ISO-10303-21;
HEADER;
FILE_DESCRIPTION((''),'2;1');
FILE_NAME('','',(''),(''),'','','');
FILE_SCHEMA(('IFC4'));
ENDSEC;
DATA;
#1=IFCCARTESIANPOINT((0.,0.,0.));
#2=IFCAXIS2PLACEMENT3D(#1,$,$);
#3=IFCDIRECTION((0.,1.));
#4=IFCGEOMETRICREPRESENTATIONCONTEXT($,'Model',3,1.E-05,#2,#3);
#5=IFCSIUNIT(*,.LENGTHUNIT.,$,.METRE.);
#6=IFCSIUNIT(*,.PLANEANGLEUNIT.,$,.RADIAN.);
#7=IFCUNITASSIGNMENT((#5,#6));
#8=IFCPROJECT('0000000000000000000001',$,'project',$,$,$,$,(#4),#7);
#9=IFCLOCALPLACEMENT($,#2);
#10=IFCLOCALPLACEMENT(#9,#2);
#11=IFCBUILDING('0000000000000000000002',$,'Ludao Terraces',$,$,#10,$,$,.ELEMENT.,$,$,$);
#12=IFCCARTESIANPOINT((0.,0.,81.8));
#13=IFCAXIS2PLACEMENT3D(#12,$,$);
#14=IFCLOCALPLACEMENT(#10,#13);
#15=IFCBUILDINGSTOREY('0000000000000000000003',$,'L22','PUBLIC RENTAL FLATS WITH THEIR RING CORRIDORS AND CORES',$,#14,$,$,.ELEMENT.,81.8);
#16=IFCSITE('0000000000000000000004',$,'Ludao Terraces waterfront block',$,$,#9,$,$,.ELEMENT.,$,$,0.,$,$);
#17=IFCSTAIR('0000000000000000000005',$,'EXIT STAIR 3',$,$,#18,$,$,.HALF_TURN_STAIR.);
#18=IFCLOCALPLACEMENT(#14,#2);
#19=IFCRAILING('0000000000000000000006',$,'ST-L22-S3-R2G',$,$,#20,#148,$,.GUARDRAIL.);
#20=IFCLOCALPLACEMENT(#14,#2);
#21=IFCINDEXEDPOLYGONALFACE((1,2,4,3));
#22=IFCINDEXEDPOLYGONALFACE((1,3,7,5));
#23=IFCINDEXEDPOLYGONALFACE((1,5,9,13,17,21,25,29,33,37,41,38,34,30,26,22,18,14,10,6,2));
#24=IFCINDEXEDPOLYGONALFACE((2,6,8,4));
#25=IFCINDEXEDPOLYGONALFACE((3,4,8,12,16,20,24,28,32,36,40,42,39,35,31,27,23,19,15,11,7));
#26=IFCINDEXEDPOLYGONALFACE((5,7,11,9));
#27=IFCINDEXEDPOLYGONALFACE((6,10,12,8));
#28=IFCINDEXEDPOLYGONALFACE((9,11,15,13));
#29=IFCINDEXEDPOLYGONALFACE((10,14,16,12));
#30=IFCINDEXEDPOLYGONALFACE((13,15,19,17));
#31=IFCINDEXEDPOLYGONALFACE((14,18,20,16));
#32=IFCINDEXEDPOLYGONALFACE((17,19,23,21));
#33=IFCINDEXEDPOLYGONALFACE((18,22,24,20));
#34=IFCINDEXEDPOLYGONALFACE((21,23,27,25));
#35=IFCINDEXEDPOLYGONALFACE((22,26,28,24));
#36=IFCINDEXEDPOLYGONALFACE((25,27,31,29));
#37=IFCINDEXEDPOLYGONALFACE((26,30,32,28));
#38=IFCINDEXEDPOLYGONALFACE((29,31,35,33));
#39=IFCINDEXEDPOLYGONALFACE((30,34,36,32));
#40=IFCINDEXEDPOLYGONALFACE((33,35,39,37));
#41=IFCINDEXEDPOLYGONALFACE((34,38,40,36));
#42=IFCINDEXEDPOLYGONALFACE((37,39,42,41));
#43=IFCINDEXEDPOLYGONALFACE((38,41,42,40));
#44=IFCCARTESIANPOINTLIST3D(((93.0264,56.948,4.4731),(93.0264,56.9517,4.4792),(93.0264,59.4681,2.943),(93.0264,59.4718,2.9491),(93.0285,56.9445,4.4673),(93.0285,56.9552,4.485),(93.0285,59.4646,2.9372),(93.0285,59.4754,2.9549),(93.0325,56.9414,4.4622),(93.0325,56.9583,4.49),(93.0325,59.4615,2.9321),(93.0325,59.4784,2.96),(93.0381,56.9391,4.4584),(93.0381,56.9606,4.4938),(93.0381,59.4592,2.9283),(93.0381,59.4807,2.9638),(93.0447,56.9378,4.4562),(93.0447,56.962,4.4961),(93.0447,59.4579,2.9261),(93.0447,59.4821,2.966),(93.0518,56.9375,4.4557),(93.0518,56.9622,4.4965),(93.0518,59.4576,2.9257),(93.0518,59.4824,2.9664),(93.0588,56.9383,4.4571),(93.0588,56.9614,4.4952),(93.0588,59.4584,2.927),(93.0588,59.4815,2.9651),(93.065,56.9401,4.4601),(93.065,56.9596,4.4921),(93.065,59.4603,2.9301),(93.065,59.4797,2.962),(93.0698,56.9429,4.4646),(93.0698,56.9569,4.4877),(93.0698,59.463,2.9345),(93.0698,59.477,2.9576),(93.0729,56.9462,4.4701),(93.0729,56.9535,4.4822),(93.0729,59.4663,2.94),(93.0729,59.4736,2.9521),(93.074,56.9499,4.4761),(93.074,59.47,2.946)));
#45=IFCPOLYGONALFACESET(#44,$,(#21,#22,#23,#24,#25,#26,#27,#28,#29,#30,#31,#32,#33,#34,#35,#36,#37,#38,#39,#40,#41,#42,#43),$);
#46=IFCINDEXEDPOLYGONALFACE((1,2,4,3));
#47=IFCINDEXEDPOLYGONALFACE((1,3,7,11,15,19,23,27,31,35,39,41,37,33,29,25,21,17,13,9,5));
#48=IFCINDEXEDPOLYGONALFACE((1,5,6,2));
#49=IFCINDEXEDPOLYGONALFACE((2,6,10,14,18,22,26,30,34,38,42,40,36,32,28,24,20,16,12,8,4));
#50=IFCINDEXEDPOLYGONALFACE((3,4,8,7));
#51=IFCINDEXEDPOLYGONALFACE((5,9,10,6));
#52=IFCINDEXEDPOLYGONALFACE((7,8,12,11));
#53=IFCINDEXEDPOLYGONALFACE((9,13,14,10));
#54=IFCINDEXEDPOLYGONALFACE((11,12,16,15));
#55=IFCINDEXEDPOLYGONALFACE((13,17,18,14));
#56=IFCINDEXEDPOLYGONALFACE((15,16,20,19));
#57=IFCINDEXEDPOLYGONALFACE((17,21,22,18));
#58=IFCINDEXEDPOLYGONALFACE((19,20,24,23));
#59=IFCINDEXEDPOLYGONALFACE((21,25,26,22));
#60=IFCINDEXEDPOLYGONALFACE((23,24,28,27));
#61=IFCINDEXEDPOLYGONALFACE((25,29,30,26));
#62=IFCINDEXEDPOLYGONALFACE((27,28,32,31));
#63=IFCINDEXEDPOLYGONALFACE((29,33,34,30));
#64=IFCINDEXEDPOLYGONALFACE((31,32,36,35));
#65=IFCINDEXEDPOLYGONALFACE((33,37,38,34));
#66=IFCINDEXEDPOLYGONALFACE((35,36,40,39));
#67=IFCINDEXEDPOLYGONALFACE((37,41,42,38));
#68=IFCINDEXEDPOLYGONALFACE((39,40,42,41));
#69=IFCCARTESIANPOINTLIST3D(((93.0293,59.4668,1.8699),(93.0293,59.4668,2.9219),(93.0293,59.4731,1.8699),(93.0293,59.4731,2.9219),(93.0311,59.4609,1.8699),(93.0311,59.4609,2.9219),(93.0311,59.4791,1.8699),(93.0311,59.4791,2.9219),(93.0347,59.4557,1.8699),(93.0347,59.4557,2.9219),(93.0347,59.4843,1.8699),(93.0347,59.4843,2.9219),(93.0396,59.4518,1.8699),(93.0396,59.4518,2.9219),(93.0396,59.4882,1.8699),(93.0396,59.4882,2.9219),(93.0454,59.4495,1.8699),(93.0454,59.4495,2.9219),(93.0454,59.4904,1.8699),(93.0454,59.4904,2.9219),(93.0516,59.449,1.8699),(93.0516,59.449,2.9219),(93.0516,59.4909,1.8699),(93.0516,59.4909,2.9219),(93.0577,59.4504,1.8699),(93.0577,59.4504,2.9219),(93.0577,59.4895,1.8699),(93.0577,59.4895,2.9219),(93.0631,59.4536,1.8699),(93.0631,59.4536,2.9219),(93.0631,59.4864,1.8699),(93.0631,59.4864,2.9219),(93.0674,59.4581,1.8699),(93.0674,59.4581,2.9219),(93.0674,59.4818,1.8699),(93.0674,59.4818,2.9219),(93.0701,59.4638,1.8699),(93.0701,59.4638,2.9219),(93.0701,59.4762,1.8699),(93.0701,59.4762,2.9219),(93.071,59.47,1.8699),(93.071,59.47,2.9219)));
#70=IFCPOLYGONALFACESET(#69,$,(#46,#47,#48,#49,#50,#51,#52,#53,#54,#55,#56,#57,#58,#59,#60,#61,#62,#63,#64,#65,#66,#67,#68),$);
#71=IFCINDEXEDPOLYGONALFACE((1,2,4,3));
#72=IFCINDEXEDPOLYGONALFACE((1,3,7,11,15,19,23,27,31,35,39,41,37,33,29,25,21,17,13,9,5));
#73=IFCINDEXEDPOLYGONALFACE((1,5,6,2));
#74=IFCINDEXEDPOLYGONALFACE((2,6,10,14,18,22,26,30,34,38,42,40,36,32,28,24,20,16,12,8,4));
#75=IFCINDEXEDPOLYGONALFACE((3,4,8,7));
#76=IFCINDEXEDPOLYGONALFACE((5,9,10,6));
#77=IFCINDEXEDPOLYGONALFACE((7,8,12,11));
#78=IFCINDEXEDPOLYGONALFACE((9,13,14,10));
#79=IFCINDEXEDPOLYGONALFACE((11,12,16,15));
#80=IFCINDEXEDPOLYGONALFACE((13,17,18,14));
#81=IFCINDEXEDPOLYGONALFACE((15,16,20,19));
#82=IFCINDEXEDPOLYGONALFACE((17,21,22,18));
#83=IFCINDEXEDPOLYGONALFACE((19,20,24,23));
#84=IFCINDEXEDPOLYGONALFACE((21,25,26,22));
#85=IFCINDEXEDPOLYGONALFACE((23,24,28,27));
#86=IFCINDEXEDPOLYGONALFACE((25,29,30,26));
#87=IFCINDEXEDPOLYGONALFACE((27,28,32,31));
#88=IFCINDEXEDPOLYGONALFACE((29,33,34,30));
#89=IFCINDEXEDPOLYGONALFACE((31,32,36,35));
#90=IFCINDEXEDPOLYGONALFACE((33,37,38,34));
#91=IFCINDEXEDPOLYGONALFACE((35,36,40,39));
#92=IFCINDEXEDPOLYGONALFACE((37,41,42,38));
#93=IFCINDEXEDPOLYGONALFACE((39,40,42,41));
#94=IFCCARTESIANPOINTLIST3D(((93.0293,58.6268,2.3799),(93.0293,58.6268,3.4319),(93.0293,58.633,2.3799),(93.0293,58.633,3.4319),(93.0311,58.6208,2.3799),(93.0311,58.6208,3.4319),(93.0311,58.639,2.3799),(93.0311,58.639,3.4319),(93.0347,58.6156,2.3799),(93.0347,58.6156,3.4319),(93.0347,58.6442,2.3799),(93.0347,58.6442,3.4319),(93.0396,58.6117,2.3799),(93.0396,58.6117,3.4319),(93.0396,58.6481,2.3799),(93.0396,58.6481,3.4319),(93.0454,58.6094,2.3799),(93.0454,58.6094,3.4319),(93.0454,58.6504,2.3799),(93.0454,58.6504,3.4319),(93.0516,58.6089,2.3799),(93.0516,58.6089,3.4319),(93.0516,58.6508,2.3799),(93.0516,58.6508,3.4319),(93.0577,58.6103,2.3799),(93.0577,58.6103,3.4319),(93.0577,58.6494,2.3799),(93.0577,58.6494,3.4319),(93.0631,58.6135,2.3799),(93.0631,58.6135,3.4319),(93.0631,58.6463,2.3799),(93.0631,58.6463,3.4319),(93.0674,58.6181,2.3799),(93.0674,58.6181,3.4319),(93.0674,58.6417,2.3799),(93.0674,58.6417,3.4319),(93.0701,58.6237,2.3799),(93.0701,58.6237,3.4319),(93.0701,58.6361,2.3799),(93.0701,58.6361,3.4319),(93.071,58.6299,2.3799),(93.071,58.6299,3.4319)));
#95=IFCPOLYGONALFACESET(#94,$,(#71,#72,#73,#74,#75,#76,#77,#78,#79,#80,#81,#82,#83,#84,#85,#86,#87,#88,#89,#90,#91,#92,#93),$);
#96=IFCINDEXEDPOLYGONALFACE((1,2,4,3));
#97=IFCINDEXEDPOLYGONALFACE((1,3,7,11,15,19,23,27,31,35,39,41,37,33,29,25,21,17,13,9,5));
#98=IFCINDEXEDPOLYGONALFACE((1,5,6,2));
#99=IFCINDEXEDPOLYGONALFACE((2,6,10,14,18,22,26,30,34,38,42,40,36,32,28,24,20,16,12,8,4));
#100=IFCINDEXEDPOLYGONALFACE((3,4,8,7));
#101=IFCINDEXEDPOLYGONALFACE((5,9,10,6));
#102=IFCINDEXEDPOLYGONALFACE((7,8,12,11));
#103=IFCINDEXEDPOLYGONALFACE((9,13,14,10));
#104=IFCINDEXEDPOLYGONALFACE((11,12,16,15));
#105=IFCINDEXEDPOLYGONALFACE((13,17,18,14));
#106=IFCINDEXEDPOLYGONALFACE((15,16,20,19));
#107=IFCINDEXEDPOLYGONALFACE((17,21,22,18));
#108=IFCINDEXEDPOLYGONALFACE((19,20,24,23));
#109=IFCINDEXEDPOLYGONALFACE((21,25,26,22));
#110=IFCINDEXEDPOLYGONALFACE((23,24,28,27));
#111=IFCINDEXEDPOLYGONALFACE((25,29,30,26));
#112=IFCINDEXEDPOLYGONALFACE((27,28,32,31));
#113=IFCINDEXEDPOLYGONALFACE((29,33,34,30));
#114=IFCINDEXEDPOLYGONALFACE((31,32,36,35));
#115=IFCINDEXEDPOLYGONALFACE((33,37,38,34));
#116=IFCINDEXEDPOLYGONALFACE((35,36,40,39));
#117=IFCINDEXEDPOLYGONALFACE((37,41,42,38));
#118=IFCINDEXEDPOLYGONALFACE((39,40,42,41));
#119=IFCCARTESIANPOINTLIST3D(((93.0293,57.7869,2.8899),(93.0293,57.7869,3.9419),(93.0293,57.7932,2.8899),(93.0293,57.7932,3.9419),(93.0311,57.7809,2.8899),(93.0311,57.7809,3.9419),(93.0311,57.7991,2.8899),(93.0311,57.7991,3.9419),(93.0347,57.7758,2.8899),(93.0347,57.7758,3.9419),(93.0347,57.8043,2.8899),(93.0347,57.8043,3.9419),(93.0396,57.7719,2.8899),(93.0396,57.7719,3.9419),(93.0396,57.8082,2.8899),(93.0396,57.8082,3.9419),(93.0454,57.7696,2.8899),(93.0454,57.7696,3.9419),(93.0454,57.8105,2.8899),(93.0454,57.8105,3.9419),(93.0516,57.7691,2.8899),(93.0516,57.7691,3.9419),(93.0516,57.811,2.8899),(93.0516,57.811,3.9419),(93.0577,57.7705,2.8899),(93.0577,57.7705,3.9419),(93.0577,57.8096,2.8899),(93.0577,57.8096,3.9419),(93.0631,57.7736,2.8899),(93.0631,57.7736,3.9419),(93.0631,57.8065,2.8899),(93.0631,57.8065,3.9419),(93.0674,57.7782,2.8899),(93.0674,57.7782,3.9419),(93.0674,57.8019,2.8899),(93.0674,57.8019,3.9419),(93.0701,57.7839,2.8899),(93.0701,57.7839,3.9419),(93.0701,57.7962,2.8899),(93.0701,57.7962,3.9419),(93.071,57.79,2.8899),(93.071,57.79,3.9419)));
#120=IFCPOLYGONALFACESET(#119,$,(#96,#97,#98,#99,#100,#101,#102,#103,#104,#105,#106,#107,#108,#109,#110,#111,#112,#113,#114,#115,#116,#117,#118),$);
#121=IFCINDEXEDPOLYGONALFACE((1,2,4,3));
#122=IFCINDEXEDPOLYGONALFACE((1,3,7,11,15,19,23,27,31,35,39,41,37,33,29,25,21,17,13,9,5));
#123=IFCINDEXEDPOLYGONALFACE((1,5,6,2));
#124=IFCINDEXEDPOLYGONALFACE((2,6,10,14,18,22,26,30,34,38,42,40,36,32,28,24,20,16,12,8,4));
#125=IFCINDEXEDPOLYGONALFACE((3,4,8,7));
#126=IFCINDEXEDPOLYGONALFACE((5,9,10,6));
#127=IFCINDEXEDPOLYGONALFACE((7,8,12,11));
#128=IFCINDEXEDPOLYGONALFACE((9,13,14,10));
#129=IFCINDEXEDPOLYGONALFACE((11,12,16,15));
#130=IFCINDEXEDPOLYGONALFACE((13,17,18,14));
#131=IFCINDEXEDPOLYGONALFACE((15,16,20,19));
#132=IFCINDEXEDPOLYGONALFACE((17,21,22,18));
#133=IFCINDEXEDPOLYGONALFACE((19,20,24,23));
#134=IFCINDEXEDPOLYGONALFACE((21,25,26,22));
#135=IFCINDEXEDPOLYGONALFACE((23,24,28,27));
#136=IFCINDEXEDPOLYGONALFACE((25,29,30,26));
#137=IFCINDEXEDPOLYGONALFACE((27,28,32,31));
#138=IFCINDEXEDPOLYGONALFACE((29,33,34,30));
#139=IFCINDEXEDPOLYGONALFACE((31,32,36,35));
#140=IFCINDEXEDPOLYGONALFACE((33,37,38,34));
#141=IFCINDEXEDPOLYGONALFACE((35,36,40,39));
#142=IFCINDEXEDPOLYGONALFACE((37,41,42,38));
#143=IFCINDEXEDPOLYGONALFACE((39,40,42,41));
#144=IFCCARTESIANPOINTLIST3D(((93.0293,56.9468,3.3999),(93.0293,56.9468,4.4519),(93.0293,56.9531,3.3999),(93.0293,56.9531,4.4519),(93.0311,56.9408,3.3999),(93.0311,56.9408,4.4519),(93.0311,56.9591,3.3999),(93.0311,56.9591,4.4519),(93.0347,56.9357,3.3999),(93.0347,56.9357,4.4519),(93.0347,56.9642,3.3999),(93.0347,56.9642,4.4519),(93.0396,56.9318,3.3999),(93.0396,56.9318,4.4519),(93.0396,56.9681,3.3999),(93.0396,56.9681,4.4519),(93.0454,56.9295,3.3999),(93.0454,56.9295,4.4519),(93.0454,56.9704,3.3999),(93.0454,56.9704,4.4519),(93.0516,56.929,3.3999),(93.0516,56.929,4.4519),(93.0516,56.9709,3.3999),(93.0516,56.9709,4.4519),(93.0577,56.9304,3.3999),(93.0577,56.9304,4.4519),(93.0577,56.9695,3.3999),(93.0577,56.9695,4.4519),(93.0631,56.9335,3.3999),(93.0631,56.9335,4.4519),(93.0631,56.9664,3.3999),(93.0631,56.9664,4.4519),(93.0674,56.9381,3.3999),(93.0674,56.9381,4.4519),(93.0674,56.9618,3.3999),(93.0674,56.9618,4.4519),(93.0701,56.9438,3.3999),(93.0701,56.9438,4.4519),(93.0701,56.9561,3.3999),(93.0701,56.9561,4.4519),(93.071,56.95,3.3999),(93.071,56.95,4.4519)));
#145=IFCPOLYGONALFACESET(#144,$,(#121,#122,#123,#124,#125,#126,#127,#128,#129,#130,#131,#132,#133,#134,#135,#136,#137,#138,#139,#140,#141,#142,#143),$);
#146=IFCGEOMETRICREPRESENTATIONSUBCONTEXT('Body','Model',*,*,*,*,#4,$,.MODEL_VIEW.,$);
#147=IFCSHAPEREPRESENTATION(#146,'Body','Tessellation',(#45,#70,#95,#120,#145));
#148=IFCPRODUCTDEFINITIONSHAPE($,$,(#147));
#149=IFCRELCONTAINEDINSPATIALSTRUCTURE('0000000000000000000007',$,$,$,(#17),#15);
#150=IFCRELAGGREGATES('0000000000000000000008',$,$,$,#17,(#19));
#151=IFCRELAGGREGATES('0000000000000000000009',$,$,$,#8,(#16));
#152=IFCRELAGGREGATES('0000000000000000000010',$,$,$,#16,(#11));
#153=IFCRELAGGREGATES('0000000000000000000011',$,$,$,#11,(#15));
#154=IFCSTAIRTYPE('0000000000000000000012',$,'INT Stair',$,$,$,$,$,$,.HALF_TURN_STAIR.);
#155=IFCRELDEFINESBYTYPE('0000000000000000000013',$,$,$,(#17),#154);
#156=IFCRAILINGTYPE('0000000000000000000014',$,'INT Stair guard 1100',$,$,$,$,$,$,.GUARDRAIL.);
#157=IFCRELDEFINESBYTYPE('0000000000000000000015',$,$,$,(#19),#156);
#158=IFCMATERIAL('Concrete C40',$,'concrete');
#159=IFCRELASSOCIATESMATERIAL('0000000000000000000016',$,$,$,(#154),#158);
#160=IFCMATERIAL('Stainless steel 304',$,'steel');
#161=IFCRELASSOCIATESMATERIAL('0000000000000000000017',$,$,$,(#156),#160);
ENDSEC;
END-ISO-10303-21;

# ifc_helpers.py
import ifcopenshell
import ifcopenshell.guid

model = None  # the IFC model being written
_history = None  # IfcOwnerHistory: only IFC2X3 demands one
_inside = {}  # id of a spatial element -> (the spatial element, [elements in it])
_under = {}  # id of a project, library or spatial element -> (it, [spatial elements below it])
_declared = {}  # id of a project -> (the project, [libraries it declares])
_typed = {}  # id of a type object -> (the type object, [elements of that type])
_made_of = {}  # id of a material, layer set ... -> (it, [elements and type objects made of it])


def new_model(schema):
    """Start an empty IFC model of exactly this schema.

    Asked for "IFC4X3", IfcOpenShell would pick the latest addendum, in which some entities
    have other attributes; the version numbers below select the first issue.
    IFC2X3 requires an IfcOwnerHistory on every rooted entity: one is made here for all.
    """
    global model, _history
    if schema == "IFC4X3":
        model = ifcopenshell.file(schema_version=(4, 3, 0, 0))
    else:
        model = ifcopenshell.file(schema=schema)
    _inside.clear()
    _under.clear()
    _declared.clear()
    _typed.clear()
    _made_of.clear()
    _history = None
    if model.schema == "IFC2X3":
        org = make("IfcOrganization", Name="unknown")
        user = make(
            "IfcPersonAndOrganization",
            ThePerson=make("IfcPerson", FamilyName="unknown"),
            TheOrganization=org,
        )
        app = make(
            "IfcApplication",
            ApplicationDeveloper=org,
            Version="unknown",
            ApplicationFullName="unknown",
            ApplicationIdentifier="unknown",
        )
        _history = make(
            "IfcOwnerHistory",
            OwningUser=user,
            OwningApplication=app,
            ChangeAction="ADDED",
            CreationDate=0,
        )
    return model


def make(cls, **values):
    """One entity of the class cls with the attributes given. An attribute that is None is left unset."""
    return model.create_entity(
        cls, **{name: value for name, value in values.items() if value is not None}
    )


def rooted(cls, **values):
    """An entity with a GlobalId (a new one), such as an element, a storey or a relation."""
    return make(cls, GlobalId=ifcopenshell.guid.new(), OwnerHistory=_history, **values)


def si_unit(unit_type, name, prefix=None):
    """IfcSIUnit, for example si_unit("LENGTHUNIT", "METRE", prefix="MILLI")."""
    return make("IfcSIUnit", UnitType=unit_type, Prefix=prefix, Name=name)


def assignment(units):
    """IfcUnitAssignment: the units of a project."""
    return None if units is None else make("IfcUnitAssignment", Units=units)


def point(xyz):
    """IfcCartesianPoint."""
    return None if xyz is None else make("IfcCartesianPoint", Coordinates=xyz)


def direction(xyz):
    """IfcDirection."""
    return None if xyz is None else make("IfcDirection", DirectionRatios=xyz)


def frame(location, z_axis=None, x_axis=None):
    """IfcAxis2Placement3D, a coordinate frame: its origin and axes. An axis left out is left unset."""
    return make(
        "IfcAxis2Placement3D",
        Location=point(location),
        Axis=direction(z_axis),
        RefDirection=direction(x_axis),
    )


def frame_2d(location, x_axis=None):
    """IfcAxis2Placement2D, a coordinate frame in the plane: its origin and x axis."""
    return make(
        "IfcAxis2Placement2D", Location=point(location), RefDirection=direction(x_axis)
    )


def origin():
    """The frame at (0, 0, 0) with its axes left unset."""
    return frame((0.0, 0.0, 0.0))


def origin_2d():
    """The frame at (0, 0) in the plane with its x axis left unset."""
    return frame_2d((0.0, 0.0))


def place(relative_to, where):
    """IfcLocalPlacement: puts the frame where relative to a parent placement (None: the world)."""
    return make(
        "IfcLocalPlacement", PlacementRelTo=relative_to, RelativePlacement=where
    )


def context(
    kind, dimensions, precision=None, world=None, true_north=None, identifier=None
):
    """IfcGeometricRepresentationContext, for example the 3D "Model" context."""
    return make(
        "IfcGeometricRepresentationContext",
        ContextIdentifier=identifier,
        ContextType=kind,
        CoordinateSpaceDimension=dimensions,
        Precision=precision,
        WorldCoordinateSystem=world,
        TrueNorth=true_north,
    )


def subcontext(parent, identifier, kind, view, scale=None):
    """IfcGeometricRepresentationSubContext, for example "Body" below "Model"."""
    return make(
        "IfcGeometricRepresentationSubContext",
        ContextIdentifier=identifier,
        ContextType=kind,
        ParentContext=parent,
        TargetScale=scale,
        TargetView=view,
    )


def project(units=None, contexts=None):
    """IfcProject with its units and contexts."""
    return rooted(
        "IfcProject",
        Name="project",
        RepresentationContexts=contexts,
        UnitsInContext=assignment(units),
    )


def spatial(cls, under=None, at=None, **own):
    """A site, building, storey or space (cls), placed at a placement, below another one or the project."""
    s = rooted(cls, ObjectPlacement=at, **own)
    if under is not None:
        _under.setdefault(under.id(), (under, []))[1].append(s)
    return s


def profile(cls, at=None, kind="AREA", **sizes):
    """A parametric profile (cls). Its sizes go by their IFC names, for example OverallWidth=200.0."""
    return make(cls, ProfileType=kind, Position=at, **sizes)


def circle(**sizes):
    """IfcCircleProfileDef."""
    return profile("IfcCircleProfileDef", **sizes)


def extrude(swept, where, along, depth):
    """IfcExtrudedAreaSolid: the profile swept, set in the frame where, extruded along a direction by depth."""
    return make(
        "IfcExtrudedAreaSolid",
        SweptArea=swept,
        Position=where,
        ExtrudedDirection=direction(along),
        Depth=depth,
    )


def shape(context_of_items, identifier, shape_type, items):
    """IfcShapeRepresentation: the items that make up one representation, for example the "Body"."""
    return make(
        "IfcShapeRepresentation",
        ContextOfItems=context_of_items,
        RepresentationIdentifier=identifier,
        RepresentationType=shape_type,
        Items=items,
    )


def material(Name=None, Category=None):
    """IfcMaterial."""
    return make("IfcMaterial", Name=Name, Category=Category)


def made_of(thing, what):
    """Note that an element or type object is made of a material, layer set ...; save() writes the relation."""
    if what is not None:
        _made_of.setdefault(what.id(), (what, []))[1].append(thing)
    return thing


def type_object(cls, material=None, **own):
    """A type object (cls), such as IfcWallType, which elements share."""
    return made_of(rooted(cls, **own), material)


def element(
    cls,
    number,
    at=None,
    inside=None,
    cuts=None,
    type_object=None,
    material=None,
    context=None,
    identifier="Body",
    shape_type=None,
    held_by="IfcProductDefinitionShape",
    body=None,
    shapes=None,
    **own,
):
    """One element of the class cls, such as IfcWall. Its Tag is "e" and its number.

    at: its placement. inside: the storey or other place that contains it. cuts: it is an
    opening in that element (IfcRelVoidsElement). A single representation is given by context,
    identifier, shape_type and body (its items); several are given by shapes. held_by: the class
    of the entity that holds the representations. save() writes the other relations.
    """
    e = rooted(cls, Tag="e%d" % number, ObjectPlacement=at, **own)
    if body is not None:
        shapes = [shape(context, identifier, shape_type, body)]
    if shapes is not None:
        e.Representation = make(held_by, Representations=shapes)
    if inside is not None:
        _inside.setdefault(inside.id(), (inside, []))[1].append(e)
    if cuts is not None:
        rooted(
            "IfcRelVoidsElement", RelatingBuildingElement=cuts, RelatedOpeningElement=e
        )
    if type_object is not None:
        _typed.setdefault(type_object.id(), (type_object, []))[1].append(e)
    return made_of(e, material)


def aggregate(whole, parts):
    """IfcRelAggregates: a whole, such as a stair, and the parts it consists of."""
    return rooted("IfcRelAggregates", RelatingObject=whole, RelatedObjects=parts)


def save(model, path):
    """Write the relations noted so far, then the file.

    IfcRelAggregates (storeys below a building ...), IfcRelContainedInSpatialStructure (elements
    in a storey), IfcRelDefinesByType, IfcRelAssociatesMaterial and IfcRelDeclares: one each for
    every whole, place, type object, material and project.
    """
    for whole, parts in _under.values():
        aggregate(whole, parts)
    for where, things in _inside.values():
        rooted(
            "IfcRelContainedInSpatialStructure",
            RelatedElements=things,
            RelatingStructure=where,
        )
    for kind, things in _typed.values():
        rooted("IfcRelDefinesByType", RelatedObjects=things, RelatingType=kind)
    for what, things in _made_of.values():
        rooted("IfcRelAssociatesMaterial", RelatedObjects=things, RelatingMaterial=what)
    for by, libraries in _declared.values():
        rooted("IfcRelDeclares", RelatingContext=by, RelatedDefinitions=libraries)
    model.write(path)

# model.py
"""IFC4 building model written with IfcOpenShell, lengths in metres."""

from ifc_helpers import new_model, si_unit, direction, frame, origin, origin_2d, place, context, subcontext, project, spatial, circle, extrude, material, type_object, element, aggregate, save


model = new_model("IFC4")

# Units and contexts
model_context = context("Model", 3, precision=1e-05, world=origin(), true_north=direction((0.0, 1.0)))
body_context = subcontext(model_context, "Body", "Model", "MODEL_VIEW")
ifc_project = project(units=[si_unit("LENGTHUNIT", "METRE"), si_unit("PLANEANGLEUNIT", "RADIAN")], contexts=[model_context])

# Site, building, storey
site_placement = place(None, origin())
site = spatial("IfcSite", under=ifc_project, at=site_placement, Name="Ludao Terraces waterfront block", CompositionType="ELEMENT", RefElevation=0.0)
building_placement = place(site_placement, origin())
building = spatial("IfcBuilding", under=site, at=building_placement, Name="Ludao Terraces", CompositionType="ELEMENT")
storey_placement = place(building_placement, frame((0.0, 0.0, 81.8)))
storey = spatial("IfcBuildingStorey", under=building, at=storey_placement, Name="L22", Description="PUBLIC RENTAL FLATS WITH THEIR RING CORRIDORS AND CORES", CompositionType="ELEMENT", Elevation=81.8)

# Stair, railing
ifc_material_1 = material(Name="Concrete C40", Category="concrete")
stair_type = type_object("IfcStairType", Name="INT Stair", PredefinedType="HALF_TURN_STAIR", material=ifc_material_1)
stair_placement = place(storey_placement, origin())
stair = element("IfcStair", 1, at=stair_placement, inside=storey, type_object=stair_type, Name="EXIT STAIR 3", PredefinedType="HALF_TURN_STAIR")
ifc_material_2 = material(Name="Stainless steel 304", Category="steel")
railing_type_1 = type_object("IfcRailingType", Name="INT Stair guard 1100", PredefinedType="GUARDRAIL", material=ifc_material_2)
railing_1_placement = place(storey_placement, frame((93.05, 59.47, 1.8699)))
railing_1 = element("IfcRailing", 2, at=railing_1_placement, type_object=railing_type_1, Name="ST-L22-S3-R2G", PredefinedType="GUARDRAIL", context=body_context, shape_type="SweptSolid", body=[
    extrude(circle(Radius=0.0239, at=origin_2d()), frame((0.0, 0.0, 1.0762), z_axis=(0.0, -0.854785, 0.518982), x_axis=(1.0, 0.0, 0.0)), (0.0, 0.0, 1.0), 2.9482),
    extrude(circle(Radius=0.021, at=origin_2d()), origin(), (0.0, 0.0, 1.0), 1.052),
    extrude(circle(Radius=0.021, at=origin_2d()), frame((0.0, -0.8401, 0.51)), (0.0, 0.0, 1.0), 1.052),
    extrude(circle(Radius=0.021, at=origin_2d()), frame((0.0, -1.6799, 1.02)), (0.0, 0.0, 1.0), 1.052),
    extrude(circle(Radius=0.021, at=origin_2d()), frame((0.0, -2.52, 1.53)), (0.0, 0.0, 1.0), 1.052),
])
aggregate(stair, [railing_1])

save(model, "model.ifc")
